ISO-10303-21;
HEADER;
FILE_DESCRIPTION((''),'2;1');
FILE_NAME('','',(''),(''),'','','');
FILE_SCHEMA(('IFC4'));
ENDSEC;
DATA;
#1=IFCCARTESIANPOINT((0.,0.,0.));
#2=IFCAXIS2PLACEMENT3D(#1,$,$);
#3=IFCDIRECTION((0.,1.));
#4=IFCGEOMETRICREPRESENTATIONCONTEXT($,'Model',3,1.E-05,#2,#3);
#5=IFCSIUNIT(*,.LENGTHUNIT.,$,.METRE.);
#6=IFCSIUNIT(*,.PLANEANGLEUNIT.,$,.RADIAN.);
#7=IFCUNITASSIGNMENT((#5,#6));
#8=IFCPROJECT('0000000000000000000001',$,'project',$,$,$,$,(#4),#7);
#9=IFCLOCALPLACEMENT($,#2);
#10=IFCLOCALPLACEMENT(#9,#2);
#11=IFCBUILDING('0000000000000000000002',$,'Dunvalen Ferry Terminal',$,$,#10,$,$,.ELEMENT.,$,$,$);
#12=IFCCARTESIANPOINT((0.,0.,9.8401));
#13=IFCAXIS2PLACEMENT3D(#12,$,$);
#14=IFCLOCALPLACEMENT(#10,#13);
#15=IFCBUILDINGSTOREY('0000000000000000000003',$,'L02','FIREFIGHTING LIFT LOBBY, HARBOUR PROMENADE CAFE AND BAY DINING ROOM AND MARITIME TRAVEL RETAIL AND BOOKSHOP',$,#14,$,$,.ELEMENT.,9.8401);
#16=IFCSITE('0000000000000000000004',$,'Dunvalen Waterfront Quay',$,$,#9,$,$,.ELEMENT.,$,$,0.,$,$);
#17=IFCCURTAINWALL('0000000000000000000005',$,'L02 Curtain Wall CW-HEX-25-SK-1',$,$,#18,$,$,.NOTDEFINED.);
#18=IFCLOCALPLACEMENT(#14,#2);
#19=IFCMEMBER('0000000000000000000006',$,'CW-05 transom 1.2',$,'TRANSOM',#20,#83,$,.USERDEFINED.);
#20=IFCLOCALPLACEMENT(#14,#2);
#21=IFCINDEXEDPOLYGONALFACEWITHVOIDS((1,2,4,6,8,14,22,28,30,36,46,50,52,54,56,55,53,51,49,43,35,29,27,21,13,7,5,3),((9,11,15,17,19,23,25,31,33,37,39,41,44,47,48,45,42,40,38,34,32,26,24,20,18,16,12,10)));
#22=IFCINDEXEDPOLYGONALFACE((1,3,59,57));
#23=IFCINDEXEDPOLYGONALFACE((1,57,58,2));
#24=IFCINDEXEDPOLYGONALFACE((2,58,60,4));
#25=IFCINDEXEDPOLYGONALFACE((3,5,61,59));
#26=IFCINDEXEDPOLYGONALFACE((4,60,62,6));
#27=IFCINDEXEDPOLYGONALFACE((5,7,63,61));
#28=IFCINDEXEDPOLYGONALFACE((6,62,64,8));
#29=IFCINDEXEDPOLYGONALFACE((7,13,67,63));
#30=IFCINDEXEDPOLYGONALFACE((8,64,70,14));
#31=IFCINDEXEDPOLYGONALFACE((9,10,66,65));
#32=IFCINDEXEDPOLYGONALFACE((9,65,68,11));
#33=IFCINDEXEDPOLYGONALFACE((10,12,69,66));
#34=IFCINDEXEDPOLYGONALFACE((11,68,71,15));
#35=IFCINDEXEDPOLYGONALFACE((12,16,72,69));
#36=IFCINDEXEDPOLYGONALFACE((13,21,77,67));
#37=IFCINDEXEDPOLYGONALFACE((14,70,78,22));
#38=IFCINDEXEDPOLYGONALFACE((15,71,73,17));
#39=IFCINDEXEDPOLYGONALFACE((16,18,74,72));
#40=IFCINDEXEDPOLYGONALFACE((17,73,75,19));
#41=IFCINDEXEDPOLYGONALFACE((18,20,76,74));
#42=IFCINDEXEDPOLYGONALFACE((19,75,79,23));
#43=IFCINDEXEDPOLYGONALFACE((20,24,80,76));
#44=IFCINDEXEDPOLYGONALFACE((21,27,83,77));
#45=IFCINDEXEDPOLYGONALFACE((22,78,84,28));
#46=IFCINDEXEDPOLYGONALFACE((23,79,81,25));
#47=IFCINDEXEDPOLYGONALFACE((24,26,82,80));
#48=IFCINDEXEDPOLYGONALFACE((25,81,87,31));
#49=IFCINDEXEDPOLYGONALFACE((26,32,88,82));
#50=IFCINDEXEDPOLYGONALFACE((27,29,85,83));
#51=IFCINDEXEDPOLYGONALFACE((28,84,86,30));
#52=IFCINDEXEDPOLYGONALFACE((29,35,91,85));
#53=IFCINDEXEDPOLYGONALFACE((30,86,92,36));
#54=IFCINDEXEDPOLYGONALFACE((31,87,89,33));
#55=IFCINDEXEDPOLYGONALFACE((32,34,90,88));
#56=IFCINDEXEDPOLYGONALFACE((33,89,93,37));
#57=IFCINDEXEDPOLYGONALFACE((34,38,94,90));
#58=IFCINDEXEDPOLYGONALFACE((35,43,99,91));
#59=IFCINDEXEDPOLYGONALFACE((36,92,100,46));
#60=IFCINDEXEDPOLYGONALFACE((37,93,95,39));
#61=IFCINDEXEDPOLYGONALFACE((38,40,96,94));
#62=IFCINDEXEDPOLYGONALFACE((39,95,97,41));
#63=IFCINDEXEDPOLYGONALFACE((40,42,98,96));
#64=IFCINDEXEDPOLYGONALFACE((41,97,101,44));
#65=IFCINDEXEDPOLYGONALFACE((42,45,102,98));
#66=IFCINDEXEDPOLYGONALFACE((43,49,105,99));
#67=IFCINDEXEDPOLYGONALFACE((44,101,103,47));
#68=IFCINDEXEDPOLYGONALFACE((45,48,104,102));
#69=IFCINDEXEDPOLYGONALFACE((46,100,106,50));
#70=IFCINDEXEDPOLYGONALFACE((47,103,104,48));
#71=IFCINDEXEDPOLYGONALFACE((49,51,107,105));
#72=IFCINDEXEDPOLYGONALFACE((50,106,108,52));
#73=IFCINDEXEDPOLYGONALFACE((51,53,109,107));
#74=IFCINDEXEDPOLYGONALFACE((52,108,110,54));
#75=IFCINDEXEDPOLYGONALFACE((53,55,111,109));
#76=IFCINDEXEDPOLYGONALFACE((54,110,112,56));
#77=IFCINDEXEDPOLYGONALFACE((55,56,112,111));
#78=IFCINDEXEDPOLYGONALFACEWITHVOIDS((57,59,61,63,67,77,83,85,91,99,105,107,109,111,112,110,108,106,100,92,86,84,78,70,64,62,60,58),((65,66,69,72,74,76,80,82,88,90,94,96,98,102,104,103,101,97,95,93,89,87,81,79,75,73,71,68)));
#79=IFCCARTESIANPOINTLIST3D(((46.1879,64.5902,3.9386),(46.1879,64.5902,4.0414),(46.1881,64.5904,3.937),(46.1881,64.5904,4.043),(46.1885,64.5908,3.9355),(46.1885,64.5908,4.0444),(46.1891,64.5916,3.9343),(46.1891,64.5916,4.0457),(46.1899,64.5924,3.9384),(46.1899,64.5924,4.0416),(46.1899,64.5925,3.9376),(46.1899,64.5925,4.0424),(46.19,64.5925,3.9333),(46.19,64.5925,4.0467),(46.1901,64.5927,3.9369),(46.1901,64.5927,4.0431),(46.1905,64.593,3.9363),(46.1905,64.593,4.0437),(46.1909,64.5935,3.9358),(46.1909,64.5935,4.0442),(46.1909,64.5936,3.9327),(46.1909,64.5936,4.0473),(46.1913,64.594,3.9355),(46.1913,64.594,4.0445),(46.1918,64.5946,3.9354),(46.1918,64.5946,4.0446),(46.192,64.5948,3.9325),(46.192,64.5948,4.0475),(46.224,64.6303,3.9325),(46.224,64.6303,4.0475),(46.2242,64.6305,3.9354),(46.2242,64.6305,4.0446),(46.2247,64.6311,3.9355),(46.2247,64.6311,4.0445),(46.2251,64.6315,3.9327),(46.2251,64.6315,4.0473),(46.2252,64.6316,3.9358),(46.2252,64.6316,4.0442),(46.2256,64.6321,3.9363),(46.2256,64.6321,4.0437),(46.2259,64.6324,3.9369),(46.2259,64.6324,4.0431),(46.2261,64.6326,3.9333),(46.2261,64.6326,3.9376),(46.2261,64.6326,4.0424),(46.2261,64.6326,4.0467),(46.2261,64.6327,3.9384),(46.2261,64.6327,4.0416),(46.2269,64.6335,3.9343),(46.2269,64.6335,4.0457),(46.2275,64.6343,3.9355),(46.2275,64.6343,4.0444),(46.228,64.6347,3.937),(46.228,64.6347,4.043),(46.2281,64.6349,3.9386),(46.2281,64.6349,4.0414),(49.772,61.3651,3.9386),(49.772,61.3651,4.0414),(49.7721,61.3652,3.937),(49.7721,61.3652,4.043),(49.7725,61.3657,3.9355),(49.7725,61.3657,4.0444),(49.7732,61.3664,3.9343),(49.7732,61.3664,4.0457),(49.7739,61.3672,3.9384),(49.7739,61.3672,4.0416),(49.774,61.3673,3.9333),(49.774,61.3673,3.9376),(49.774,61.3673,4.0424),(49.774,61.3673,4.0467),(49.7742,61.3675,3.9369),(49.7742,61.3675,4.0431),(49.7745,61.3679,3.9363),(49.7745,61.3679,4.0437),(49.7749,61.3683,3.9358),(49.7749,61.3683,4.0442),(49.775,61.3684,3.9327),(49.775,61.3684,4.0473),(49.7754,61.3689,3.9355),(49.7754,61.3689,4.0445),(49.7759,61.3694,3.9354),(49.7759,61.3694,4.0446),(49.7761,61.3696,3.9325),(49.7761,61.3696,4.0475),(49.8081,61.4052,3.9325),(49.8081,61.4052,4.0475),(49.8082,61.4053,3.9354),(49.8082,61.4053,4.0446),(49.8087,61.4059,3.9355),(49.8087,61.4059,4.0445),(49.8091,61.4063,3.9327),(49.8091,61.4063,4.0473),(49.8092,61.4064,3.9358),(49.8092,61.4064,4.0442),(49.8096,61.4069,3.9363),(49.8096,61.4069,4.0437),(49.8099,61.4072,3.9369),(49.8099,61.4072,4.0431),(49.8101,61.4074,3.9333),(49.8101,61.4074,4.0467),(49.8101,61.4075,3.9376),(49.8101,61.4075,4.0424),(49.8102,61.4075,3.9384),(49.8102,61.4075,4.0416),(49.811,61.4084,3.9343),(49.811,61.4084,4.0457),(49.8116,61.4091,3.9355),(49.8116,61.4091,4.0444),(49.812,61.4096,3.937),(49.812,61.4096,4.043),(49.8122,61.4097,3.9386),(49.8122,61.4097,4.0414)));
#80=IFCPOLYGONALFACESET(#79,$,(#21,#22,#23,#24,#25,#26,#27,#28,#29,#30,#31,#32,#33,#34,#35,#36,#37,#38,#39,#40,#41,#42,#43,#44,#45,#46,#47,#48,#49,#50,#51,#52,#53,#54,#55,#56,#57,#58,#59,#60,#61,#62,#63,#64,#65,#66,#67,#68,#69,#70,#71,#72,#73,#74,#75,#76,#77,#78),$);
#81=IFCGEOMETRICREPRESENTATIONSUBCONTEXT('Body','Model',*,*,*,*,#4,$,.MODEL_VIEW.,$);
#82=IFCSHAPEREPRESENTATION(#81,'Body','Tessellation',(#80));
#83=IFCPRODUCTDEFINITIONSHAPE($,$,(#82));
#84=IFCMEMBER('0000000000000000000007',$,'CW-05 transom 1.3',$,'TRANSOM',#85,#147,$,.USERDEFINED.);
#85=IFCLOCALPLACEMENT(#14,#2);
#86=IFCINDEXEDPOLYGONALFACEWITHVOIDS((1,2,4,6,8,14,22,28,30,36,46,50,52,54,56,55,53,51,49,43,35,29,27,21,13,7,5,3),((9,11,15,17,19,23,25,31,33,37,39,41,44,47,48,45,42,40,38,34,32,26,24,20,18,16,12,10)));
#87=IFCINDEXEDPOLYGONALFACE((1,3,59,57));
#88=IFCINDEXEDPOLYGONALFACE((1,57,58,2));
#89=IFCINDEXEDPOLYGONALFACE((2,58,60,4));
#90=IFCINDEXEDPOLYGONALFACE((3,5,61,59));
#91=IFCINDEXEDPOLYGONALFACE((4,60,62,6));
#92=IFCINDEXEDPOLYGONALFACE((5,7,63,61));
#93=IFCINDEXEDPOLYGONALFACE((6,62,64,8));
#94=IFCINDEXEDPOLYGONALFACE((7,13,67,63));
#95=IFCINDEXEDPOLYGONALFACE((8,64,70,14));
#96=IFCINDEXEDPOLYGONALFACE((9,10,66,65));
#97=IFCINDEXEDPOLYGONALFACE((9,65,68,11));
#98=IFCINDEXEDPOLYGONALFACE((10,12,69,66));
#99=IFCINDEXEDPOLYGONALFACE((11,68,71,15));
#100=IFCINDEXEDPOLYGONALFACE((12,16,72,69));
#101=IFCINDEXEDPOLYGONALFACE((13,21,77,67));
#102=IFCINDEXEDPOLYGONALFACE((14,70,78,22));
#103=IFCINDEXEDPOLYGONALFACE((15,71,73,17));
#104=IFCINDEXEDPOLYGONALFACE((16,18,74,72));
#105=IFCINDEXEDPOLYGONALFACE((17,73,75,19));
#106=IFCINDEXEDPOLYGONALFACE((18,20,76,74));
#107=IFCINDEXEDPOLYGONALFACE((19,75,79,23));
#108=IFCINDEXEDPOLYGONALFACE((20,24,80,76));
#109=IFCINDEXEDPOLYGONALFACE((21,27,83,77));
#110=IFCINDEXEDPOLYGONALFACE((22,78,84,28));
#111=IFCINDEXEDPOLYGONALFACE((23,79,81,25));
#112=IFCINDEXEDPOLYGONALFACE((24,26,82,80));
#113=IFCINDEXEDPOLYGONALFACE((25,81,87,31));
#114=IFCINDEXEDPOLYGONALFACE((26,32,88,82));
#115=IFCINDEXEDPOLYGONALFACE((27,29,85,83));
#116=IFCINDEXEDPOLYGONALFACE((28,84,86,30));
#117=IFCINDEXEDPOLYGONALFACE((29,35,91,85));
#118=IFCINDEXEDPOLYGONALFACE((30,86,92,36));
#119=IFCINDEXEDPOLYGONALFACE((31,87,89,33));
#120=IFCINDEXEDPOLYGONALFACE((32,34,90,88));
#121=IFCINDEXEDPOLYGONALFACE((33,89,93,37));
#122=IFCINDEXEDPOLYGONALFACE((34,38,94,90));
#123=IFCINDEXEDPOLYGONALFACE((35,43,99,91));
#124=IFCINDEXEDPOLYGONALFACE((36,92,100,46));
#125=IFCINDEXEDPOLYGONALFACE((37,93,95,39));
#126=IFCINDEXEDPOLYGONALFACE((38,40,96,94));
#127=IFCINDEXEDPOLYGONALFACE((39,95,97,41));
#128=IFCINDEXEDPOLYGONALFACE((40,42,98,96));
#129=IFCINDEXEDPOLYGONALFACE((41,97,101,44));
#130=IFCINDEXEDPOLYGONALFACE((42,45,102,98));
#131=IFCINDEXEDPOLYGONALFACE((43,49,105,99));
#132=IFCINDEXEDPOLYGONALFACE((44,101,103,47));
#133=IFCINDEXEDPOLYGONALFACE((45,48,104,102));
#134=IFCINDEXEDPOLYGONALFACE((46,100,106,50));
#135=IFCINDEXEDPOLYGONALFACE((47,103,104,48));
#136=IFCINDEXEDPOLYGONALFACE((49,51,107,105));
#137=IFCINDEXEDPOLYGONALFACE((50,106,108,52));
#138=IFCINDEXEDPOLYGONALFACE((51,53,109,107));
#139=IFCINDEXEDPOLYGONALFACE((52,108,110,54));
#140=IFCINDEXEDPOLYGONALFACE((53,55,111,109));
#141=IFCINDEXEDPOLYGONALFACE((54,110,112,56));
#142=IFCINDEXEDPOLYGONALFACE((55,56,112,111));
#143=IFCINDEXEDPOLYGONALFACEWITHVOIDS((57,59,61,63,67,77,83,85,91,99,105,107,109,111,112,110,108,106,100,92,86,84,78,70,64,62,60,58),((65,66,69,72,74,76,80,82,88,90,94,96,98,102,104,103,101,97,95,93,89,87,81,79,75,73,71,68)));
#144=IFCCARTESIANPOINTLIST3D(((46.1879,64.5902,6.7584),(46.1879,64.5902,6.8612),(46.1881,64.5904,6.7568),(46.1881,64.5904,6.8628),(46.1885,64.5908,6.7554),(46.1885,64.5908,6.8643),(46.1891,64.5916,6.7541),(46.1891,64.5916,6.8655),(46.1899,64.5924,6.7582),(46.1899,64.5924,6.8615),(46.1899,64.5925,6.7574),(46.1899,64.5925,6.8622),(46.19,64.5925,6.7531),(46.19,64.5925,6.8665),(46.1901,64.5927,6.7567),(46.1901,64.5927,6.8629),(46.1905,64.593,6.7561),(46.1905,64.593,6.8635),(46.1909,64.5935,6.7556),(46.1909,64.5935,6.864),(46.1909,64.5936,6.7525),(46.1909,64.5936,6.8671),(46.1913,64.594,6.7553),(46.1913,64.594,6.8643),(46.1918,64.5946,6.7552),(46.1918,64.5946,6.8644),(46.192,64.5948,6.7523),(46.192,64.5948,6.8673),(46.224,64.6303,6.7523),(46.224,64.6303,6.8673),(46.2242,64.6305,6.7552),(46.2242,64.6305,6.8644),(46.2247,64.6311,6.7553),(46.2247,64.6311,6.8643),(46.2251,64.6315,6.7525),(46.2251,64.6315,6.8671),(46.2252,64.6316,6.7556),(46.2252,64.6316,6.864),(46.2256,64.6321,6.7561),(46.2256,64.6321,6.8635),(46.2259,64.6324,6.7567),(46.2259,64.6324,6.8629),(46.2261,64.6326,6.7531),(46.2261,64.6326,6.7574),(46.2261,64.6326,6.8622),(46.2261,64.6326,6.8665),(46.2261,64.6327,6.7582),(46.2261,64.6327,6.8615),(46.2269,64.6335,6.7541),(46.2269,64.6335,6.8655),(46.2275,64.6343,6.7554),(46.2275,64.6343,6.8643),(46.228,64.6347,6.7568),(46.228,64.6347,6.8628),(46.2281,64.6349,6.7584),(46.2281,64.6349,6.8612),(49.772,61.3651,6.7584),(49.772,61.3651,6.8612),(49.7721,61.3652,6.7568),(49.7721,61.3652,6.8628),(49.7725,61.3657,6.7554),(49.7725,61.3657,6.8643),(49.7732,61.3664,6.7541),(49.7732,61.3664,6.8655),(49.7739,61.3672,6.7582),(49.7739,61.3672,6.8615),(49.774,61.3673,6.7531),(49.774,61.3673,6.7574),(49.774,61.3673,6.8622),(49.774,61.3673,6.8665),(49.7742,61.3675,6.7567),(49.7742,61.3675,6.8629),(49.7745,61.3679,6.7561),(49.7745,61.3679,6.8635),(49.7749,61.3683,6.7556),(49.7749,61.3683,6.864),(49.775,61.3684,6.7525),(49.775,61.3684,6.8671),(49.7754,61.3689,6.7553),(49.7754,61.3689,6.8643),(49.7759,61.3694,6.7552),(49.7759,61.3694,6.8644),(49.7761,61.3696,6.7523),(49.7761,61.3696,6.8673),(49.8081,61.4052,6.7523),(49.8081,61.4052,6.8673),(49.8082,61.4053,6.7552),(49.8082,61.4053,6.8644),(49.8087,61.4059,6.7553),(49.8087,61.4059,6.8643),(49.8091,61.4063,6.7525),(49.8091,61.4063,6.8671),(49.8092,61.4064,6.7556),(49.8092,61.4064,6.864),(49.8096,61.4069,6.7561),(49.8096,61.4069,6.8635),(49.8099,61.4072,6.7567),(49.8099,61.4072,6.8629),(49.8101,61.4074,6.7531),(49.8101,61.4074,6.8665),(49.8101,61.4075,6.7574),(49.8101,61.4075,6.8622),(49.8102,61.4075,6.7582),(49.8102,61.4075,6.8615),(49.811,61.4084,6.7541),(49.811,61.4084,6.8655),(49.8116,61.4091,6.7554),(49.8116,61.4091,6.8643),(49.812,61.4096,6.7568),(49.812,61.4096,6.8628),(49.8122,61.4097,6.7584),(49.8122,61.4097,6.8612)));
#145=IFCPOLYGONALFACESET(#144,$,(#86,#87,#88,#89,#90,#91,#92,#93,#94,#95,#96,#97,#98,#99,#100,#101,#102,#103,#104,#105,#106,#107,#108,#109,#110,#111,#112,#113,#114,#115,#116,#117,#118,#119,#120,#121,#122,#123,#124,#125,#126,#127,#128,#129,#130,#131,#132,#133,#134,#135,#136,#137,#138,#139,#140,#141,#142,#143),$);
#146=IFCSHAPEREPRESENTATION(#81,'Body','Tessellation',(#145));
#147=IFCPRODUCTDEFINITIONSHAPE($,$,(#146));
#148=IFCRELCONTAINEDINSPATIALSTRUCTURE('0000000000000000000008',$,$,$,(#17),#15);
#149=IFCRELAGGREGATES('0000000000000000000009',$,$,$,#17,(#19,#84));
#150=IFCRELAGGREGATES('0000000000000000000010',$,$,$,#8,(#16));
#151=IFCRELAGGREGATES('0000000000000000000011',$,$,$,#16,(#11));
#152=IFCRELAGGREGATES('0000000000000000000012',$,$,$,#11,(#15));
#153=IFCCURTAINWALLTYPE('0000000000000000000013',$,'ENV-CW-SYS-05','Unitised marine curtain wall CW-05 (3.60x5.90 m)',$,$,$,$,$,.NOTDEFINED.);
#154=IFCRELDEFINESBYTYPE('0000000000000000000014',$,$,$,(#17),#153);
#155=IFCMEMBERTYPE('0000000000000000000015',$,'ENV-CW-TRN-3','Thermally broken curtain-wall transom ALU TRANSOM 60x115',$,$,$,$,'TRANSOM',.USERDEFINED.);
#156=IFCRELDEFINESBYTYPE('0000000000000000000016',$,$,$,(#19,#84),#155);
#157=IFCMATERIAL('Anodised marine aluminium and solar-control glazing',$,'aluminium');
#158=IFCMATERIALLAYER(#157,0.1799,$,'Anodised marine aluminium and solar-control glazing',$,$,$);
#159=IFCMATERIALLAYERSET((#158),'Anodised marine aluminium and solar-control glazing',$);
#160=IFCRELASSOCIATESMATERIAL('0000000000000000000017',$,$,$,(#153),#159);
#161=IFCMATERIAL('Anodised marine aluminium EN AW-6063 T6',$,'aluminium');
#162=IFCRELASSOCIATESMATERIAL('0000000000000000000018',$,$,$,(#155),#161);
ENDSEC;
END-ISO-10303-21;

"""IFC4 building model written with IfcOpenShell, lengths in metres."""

from ifc_helpers import new_model, si_unit, direction, frame, origin, origin_2d, place, context, subcontext, project, spatial, hollow_rectangle, extrude, material, layer, layer_set, material_profile, profile_set, type_object, element, aggregate, save


model = new_model("IFC4")

# Units and contexts
model_context = context("Model", 3, precision=1e-05, world=origin(), true_north=direction((0.0, 1.0)))
body_context = subcontext(model_context, "Body", "Model", "MODEL_VIEW")
ifc_project = project(units=[si_unit("LENGTHUNIT", "METRE"), si_unit("PLANEANGLEUNIT", "RADIAN")], contexts=[model_context])

# Site, building, storey
site_placement = place(None, origin())
site = spatial("IfcSite", under=ifc_project, at=site_placement, Name="Dunvalen Waterfront Quay", CompositionType="ELEMENT", RefElevation=0.0)
building_placement = place(site_placement, origin())
building = spatial("IfcBuilding", under=site, at=building_placement, Name="Dunvalen Ferry Terminal", CompositionType="ELEMENT")
storey_placement = place(building_placement, frame((0.0, 0.0, 9.8401)))
storey = spatial("IfcBuildingStorey", under=building, at=storey_placement, Name="L02", Description="FIREFIGHTING LIFT LOBBY, HARBOUR PROMENADE CAFE AND BAY DINING ROOM AND MARITIME TRAVEL RETAIL AND BOOKSHOP", CompositionType="ELEMENT", Elevation=9.8401)

# Curtain wall
ifc_material_1 = material(Name="Anodised marine aluminium and solar-control glazing", Category="aluminium")
ifc_layer_1 = layer(ifc_material_1, 0.1799, Name="Anodised marine aluminium and solar-control glazing")
ifc_layer_set_1 = layer_set([ifc_layer_1], Name="Anodised marine aluminium and solar-control glazing")
curtain_wall_type_1 = type_object("IfcCurtainWallType", Name="ENV-CW-SYS-05", Description="Unitised marine curtain wall CW-05 (3.60x5.90 m)", PredefinedType="NOTDEFINED", material=ifc_layer_set_1)
curtain_wall_1_placement = place(storey_placement, origin())
curtain_wall_1 = element("IfcCurtainWall", 1, at=curtain_wall_1_placement, inside=storey, type_object=curtain_wall_type_1, Name="L02 Curtain Wall CW-HEX-25-SK-1", PredefinedType="NOTDEFINED")
ifc_material_2 = material(Name="Anodised marine aluminium EN AW-6063 T6", Category="aluminium")

# Members
ifc_material_profile_1 = material_profile(ifc_material_2, hollow_rectangle(XDim=0.0601, YDim=0.115, WallThickness=0.0029, InnerFilletRadius=0.0029, OuterFilletRadius=0.0061, at=origin_2d()), Name="Anodised marine aluminium EN AW-6063 T6")
ifc_profile_set_1 = profile_set([ifc_material_profile_1], Name="Anodised marine aluminium EN AW-6063 T6")
member_type_1 = type_object("IfcMemberType", Name="ENV-CW-TRN-3", Description="Thermally broken curtain-wall transom ALU TRANSOM 60x115", ElementType="TRANSOM", PredefinedType="USERDEFINED", material=ifc_profile_set_1)
member_1_placement = place(storey_placement, frame((46.208, 64.6125, 3.99), z_axis=(0.743345, -0.668909, 0.0), x_axis=(0.668909, 0.743345, 0.0)))
member_1 = element("IfcMember", 2, at=member_1_placement, type_object=member_type_1, Name="CW-05 transom 1.2", ObjectType="TRANSOM", PredefinedType="USERDEFINED", context=body_context, shape_type="SweptSolid", body=[
    extrude(hollow_rectangle(XDim=0.0601, YDim=0.115, WallThickness=0.0029, InnerFilletRadius=0.0029, OuterFilletRadius=0.0061, at=origin_2d()), origin(), (0.0, 0.0, 1.0), 4.8215),
])
member_2_placement = place(storey_placement, frame((46.208, 64.6125, 6.8098), z_axis=(0.743345, -0.668909, 0.0), x_axis=(0.668909, 0.743345, 0.0)))
member_2 = element("IfcMember", 3, at=member_2_placement, type_object=member_type_1, Name="CW-05 transom 1.3", ObjectType="TRANSOM", PredefinedType="USERDEFINED", context=body_context, shape_type="SweptSolid", body=[
    extrude(hollow_rectangle(XDim=0.0601, YDim=0.115, WallThickness=0.0029, InnerFilletRadius=0.0029, OuterFilletRadius=0.0061, at=origin_2d()), origin(), (0.0, 0.0, 1.0), 4.8215),
])
aggregate(curtain_wall_1, [member_1, member_2])

save(model, "model.ifc")
